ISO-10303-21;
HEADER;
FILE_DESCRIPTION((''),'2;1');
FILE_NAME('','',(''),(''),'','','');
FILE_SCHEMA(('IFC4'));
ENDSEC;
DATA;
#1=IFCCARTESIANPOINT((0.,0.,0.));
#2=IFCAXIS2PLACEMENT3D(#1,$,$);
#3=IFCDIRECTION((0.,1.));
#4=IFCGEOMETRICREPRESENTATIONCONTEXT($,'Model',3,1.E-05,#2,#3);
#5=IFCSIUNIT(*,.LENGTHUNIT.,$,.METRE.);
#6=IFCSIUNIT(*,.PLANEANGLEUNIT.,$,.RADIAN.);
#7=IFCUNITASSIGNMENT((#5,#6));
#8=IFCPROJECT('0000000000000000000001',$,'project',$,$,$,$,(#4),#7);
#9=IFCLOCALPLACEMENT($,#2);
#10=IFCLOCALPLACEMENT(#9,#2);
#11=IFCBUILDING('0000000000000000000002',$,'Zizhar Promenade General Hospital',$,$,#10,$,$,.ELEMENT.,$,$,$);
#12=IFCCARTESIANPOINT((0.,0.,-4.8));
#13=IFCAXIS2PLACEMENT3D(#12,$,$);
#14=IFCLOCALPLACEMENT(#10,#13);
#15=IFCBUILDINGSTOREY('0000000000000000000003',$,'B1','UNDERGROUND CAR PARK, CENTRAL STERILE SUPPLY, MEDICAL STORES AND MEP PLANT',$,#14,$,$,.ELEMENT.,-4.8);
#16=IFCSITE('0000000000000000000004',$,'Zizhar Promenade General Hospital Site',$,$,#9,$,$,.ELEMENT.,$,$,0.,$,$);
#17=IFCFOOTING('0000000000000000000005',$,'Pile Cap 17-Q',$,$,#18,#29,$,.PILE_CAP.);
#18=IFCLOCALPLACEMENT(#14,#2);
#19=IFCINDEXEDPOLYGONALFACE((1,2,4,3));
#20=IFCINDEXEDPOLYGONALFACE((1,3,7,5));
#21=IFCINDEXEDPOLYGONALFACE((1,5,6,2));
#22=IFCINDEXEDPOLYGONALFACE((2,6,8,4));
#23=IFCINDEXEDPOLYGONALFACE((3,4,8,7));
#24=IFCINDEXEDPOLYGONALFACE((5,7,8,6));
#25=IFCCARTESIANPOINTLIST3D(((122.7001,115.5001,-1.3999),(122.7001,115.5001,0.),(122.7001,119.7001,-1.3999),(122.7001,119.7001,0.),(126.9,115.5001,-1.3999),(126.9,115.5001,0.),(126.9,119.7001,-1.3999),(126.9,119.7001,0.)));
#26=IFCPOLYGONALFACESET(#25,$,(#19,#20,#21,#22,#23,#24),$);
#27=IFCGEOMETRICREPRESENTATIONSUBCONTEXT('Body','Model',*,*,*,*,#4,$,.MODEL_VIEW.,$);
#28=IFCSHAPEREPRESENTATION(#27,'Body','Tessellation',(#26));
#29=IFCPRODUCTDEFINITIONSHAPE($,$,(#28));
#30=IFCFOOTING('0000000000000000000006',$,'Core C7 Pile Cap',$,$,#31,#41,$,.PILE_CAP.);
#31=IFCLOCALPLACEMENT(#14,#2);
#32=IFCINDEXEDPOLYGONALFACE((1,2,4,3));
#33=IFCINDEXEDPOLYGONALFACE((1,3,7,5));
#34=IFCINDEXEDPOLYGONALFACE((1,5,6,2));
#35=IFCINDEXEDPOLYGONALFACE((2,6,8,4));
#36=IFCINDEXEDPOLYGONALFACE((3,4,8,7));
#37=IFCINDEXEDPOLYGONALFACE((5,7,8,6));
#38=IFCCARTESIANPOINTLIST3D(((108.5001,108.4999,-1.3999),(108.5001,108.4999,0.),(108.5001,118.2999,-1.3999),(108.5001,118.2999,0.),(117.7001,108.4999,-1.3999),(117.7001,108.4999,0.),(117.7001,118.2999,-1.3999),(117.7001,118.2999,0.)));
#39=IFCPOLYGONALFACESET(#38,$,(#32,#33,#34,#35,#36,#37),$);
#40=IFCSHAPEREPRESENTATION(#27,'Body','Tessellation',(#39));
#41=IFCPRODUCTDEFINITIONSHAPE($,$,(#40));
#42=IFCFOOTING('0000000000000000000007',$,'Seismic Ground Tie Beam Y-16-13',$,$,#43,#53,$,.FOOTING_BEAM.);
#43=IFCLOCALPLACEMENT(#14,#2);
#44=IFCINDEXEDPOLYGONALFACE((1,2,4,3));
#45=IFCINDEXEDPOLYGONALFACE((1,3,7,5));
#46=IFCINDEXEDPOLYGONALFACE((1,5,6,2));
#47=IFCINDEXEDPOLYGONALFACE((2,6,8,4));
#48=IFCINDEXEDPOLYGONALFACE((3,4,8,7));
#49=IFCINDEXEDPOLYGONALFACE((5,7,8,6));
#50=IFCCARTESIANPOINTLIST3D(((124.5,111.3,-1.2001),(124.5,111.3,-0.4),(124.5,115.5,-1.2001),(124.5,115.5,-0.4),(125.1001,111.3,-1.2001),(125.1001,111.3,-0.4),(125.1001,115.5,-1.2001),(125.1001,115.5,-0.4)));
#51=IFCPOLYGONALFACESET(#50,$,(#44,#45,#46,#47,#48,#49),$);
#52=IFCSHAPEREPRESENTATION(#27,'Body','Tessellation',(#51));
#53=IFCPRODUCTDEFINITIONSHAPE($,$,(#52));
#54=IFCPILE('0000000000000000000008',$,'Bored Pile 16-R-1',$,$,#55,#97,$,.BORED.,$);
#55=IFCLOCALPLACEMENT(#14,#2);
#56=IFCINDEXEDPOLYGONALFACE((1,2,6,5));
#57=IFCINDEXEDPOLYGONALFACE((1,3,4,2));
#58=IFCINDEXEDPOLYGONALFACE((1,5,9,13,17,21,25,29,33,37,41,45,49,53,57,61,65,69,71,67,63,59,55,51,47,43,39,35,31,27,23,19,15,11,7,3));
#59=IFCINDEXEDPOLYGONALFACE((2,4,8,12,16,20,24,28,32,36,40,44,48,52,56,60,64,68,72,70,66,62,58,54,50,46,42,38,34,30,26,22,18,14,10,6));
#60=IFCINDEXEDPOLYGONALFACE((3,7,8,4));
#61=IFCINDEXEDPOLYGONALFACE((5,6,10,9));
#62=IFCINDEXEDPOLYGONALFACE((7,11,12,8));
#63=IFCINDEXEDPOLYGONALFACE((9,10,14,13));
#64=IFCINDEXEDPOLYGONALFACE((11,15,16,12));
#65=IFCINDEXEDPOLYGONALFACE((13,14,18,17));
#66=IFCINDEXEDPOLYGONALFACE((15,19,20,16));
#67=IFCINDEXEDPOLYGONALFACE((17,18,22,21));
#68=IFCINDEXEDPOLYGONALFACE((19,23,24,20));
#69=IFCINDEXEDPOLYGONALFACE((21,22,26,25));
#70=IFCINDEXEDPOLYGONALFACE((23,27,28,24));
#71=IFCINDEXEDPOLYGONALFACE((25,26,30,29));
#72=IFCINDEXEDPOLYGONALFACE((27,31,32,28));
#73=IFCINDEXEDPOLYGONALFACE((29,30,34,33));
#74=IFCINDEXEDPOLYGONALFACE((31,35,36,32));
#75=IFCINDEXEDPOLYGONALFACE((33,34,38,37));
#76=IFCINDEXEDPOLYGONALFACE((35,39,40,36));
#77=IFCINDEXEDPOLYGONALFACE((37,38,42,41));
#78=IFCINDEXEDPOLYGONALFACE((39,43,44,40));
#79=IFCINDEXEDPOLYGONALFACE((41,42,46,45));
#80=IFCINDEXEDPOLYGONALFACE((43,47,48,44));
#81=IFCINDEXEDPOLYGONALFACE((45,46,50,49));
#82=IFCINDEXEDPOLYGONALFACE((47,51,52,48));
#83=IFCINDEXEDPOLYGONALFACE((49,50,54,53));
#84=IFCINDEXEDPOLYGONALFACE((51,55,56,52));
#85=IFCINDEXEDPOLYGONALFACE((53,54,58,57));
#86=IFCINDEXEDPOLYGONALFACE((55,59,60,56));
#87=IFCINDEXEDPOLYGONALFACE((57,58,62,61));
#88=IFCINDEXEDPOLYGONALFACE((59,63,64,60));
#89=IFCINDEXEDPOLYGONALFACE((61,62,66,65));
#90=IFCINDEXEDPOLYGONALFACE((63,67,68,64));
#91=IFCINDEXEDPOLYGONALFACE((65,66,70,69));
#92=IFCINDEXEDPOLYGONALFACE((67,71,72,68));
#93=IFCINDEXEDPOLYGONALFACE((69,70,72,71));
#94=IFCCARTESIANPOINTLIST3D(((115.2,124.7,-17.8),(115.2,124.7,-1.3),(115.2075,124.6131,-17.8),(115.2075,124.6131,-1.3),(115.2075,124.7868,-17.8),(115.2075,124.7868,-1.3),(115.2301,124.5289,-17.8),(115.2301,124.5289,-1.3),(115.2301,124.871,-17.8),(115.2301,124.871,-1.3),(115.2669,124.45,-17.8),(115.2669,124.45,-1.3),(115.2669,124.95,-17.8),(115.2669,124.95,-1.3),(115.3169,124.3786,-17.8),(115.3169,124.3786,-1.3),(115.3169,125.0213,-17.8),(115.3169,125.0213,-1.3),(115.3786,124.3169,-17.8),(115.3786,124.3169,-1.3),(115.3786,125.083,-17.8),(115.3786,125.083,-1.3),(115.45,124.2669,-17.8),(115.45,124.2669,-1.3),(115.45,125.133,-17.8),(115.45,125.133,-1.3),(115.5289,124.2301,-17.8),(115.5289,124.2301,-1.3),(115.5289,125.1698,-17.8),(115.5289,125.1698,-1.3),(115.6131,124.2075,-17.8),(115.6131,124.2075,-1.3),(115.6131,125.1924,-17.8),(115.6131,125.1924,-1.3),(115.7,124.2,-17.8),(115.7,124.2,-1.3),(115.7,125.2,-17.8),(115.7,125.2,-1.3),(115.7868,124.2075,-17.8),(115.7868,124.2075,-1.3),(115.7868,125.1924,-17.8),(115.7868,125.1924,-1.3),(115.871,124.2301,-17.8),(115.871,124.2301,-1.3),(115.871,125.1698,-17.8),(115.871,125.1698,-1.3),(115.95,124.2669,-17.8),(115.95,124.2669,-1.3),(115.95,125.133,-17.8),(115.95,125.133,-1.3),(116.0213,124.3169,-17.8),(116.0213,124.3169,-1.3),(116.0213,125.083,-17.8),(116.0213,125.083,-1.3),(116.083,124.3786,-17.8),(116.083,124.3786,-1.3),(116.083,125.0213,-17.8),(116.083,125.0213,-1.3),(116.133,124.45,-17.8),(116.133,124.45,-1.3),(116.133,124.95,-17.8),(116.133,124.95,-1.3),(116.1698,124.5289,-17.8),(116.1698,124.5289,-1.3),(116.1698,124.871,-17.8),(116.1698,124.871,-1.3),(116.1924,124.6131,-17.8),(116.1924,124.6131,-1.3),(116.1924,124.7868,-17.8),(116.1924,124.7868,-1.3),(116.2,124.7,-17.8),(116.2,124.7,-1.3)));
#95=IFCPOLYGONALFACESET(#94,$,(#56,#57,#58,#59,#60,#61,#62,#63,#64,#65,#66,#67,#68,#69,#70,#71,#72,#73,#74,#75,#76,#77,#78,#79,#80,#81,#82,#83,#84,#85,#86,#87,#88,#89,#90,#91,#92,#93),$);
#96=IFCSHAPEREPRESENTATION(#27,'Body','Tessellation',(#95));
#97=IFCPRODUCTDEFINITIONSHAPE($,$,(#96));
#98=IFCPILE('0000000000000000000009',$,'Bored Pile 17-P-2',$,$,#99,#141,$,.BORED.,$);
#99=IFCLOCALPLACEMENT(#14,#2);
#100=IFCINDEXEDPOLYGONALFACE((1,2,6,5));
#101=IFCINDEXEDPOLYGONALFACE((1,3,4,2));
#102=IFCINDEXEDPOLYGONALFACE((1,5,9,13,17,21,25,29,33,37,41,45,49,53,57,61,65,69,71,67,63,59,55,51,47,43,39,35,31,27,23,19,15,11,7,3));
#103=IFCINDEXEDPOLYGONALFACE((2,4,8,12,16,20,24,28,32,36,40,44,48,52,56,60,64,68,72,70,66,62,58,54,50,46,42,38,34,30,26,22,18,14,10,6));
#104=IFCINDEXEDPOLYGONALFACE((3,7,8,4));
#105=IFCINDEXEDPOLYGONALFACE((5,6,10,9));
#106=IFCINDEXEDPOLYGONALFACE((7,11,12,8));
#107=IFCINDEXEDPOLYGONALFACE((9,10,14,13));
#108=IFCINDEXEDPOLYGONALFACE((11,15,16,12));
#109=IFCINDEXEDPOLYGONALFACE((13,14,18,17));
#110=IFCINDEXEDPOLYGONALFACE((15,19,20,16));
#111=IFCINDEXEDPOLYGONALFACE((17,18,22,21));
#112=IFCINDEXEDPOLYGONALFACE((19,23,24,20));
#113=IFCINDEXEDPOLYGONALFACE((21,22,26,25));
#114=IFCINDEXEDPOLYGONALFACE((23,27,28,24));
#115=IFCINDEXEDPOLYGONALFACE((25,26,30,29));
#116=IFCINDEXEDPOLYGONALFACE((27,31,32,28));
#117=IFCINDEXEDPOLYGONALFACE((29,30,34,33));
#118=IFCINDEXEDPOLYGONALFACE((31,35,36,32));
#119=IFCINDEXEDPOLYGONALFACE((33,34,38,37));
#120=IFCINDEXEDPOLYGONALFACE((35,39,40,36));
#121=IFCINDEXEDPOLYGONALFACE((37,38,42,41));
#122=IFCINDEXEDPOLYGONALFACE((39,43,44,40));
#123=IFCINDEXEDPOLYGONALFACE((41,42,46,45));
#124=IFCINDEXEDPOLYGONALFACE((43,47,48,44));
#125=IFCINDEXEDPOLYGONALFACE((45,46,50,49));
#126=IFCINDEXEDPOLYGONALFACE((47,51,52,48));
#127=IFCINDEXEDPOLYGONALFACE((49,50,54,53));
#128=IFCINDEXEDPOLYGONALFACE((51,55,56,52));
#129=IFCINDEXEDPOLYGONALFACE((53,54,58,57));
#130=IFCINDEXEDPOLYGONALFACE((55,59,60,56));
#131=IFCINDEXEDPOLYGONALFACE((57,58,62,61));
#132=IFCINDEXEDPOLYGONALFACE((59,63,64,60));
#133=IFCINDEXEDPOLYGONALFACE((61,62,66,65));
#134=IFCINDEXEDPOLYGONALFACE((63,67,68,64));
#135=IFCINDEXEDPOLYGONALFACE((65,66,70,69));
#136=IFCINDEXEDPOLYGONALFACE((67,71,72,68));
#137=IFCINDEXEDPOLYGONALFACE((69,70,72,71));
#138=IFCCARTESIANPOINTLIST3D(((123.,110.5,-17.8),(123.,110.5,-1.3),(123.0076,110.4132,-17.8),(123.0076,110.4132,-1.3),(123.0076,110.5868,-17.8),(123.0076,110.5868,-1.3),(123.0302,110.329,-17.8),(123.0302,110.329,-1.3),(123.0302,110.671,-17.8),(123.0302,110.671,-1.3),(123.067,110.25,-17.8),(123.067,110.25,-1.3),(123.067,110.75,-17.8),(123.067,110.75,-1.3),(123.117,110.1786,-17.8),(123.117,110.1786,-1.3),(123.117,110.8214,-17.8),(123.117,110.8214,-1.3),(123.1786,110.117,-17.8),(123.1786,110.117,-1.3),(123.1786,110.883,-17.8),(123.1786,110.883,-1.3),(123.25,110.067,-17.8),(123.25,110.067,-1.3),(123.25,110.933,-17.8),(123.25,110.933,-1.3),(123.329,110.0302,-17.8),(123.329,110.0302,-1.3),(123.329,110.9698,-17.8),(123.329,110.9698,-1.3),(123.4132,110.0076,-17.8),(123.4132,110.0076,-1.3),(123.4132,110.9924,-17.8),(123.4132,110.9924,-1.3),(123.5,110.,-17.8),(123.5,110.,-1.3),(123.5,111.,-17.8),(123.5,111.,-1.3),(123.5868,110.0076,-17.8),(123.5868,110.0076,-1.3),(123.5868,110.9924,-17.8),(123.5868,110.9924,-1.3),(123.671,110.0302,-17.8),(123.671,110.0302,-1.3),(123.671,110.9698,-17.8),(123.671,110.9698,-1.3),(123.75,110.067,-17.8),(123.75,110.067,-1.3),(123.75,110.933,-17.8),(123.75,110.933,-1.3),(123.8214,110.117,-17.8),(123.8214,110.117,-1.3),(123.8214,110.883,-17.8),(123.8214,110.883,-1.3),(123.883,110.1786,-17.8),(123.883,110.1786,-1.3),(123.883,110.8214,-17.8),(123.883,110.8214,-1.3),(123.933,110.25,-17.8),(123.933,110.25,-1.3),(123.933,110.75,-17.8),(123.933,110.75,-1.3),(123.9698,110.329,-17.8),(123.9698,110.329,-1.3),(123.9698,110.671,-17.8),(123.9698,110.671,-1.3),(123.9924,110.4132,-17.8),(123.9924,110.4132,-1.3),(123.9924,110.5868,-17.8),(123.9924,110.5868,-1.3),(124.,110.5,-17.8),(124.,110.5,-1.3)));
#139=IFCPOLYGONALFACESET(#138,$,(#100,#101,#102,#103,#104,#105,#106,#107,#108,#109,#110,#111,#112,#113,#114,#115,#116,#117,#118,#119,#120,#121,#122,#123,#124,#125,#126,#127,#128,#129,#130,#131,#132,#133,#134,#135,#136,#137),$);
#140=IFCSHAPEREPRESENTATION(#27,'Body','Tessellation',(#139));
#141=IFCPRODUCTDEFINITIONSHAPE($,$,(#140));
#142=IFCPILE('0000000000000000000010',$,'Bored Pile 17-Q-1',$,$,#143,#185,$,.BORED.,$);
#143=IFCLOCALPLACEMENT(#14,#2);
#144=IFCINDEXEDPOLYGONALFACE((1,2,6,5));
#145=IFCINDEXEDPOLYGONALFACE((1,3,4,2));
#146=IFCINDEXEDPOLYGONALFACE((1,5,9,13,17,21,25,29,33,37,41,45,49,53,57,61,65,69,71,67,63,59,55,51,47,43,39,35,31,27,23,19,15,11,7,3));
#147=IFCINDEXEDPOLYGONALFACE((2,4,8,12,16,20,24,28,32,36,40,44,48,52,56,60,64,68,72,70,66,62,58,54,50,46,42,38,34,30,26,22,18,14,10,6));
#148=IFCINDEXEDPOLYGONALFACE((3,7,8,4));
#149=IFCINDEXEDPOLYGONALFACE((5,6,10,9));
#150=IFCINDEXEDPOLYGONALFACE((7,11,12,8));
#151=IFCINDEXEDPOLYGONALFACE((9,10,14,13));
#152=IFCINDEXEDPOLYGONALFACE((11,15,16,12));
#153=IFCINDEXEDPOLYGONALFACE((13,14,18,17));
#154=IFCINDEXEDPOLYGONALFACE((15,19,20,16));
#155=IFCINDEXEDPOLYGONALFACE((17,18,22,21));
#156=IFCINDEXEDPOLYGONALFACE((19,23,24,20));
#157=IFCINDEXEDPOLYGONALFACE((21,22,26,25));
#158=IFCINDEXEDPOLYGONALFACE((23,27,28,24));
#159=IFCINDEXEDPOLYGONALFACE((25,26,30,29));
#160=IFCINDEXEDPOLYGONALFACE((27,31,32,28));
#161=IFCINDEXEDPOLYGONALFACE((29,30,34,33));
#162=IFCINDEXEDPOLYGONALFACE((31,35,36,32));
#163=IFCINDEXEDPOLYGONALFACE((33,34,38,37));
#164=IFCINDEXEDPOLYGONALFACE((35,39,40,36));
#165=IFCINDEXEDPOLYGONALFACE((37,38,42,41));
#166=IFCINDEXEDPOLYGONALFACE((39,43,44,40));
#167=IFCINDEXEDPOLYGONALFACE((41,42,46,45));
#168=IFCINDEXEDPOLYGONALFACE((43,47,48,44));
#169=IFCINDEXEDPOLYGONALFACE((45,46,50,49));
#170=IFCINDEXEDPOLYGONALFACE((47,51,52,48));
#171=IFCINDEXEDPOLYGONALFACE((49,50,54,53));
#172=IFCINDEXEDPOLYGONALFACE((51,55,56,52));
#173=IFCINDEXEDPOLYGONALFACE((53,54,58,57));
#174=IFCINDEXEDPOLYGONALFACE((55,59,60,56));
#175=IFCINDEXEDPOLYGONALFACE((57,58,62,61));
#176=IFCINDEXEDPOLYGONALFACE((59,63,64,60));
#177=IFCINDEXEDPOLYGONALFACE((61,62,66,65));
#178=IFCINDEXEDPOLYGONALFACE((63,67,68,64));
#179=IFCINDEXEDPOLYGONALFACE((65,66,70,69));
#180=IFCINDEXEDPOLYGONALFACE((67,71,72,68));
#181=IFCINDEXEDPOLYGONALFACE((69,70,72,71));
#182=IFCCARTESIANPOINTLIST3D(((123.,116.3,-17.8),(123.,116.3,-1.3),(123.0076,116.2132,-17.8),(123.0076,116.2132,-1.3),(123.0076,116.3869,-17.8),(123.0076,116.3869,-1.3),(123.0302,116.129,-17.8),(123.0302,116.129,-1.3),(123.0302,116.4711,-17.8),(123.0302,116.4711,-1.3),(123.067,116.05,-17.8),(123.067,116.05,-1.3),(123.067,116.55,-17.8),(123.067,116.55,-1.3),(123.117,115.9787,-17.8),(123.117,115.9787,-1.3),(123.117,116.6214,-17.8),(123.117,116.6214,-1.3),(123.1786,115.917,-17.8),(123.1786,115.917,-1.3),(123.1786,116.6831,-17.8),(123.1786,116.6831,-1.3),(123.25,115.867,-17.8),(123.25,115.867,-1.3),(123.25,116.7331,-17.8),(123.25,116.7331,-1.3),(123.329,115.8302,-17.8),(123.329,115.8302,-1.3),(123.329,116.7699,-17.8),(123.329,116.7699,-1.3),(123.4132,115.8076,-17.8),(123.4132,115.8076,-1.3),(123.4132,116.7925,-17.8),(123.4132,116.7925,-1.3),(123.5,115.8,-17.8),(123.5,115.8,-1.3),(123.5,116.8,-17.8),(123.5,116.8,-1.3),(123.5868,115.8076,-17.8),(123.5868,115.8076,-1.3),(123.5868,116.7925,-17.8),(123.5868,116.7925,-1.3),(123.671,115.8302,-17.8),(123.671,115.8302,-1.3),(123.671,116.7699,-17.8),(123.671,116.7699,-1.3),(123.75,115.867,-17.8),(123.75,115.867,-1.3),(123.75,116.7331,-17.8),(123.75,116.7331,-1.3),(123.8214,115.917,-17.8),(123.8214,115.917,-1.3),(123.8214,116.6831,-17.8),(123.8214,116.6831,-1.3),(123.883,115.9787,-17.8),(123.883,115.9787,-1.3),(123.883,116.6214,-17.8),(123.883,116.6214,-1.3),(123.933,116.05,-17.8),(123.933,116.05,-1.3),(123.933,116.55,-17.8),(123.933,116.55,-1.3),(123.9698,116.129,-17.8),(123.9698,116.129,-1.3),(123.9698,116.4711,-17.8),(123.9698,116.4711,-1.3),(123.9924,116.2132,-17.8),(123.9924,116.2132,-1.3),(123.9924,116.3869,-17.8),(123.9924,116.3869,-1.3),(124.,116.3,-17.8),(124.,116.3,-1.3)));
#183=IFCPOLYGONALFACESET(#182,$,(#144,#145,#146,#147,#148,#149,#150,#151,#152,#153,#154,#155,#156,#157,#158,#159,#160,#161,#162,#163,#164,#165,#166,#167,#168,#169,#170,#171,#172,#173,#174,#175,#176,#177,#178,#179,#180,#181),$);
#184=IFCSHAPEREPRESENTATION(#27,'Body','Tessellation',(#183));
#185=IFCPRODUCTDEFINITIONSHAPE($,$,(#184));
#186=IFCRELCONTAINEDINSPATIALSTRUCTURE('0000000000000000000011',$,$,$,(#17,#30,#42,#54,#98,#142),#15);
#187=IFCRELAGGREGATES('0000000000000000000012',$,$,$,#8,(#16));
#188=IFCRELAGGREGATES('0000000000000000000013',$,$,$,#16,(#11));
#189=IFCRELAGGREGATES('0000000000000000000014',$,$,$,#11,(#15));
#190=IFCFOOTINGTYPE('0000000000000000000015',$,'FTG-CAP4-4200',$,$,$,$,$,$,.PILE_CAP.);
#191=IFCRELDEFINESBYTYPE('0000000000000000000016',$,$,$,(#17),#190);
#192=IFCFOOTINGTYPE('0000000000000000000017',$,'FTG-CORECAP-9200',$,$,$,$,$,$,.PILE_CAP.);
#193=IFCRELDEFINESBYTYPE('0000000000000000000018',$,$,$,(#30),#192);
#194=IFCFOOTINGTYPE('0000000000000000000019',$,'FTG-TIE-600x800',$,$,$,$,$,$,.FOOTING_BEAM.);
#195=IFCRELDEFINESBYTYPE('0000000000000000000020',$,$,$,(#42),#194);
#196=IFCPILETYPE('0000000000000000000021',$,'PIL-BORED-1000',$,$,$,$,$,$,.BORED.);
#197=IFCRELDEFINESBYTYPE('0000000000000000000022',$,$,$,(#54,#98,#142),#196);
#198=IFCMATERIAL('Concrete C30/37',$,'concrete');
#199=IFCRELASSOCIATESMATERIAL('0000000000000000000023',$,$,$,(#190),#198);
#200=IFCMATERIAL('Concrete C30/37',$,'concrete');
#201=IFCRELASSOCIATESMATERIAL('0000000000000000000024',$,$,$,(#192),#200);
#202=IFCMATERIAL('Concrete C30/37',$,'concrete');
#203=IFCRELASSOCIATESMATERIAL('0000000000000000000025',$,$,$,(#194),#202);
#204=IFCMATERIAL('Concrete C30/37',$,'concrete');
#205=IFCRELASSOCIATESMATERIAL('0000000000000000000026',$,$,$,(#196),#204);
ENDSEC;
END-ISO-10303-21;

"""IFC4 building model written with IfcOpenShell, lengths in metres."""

from ifc_helpers import new_model, si_unit, direction, frame, origin, origin_2d, place, context, subcontext, project, spatial, rectangle, circle, extrude, material, material_profile, profile_set, type_object, element, save


model = new_model("IFC4")

# Units and contexts
model_context = context("Model", 3, precision=1e-05, world=origin(), true_north=direction((0.0, 1.0)))
body_context = subcontext(model_context, "Body", "Model", "MODEL_VIEW")
ifc_project = project(units=[si_unit("LENGTHUNIT", "METRE"), si_unit("PLANEANGLEUNIT", "RADIAN")], contexts=[model_context])

# Site, building, storey
site_placement = place(None, origin())
site = spatial("IfcSite", under=ifc_project, at=site_placement, Name="Zizhar Promenade General Hospital Site", CompositionType="ELEMENT", RefElevation=0.0)
building_placement = place(site_placement, origin())
building = spatial("IfcBuilding", under=site, at=building_placement, Name="Zizhar Promenade General Hospital", CompositionType="ELEMENT")
storey_placement = place(building_placement, frame((0.0, 0.0, -4.8)))
storey = spatial("IfcBuildingStorey", under=building, at=storey_placement, Name="B1", Description="UNDERGROUND CAR PARK, CENTRAL STERILE SUPPLY, MEDICAL STORES AND MEP PLANT", CompositionType="ELEMENT", Elevation=-4.8)

# Footings
ifc_material_1 = material(Name="Concrete C30/37", Category="concrete")
footing_type_1 = type_object("IfcFootingType", Name="FTG-CAP4-4200", PredefinedType="PILE_CAP", material=ifc_material_1)
footing_1_placement = place(storey_placement, frame((124.8, 117.6001, -1.3999), z_axis=(0.0, 0.0, 1.0), x_axis=(1.0, 0.0, 0.0)))
element("IfcFooting", 1, at=footing_1_placement, inside=storey, type_object=footing_type_1, Name="Pile Cap 17-Q", PredefinedType="PILE_CAP", context=body_context, shape_type="SweptSolid", body=[
    extrude(rectangle(XDim=4.2, YDim=4.2, at=origin_2d()), origin(), (0.0, 0.0, 1.0), 1.3999),
])
ifc_material_2 = material(Name="Concrete C30/37", Category="concrete")
footing_type_2 = type_object("IfcFootingType", Name="FTG-CORECAP-9200", PredefinedType="PILE_CAP", material=ifc_material_2)
footing_2_placement = place(storey_placement, frame((113.1001, 113.3999, -1.3999), z_axis=(0.0, 0.0, 1.0), x_axis=(1.0, 0.0, 0.0)))
element("IfcFooting", 2, at=footing_2_placement, inside=storey, type_object=footing_type_2, Name="Core C7 Pile Cap", PredefinedType="PILE_CAP", context=body_context, shape_type="SweptSolid", body=[
    extrude(rectangle(XDim=9.2, YDim=9.8, at=origin_2d()), origin(), (0.0, 0.0, 1.0), 1.3999),
])
ifc_material_3 = material(Name="Concrete C30/37", Category="concrete")
ifc_material_profile_1 = material_profile(ifc_material_3, rectangle(XDim=0.6001, YDim=0.8, at=origin_2d()))
ifc_profile_set_1 = profile_set([ifc_material_profile_1], Name="Concrete C30/37")
footing_type_3 = type_object("IfcFootingType", Name="FTG-TIE-600x800", PredefinedType="FOOTING_BEAM", material=ifc_profile_set_1)
footing_3_placement = place(storey_placement, frame((124.8, 111.3, -0.8), z_axis=(0.0, 1.0, 0.0), x_axis=(-1.0, 0.0, 0.0)))
element("IfcFooting", 3, at=footing_3_placement, inside=storey, type_object=footing_type_3, Name="Seismic Ground Tie Beam Y-16-13", PredefinedType="FOOTING_BEAM", context=body_context, shape_type="SweptSolid", body=[
    extrude(rectangle(XDim=0.6001, YDim=0.8, at=origin_2d()), origin(), (0.0, 0.0, 1.0), 4.2),
])

# Piles
ifc_material_4 = material(Name="Concrete C30/37", Category="concrete")
ifc_material_profile_2 = material_profile(ifc_material_4, circle(Radius=0.5, at=origin_2d()))
ifc_profile_set_2 = profile_set([ifc_material_profile_2], Name="Concrete C30/37")
pile_type_1 = type_object("IfcPileType", Name="PIL-BORED-1000", PredefinedType="BORED", material=ifc_profile_set_2)
for number, where, z_axis, x_axis, name in (
    (4, (115.7, 124.7, -1.3), (0.0, 0.0, -1.0), (1.0, 0.0, 0.0), "Bored Pile 16-R-1"),
    (5, (123.5, 110.5, -1.3), (0.0, 0.0, -1.0), (1.0, 0.0, 0.0), "Bored Pile 17-P-2"),
    (6, (123.5, 116.3, -1.3), (0.0, 0.0, -1.0), (1.0, 0.0, 0.0), "Bored Pile 17-Q-1"),
):
    element("IfcPile", number, at=place(storey_placement, frame(where, z_axis=z_axis, x_axis=x_axis)), inside=storey, type_object=pile_type_1, Name=name, PredefinedType="BORED", context=body_context, shape_type="SweptSolid", body=[
        extrude(circle(Radius=0.5, at=origin_2d()), origin(), (0.0, 0.0, 1.0), 16.5),
    ])

save(model, "model.ifc")
